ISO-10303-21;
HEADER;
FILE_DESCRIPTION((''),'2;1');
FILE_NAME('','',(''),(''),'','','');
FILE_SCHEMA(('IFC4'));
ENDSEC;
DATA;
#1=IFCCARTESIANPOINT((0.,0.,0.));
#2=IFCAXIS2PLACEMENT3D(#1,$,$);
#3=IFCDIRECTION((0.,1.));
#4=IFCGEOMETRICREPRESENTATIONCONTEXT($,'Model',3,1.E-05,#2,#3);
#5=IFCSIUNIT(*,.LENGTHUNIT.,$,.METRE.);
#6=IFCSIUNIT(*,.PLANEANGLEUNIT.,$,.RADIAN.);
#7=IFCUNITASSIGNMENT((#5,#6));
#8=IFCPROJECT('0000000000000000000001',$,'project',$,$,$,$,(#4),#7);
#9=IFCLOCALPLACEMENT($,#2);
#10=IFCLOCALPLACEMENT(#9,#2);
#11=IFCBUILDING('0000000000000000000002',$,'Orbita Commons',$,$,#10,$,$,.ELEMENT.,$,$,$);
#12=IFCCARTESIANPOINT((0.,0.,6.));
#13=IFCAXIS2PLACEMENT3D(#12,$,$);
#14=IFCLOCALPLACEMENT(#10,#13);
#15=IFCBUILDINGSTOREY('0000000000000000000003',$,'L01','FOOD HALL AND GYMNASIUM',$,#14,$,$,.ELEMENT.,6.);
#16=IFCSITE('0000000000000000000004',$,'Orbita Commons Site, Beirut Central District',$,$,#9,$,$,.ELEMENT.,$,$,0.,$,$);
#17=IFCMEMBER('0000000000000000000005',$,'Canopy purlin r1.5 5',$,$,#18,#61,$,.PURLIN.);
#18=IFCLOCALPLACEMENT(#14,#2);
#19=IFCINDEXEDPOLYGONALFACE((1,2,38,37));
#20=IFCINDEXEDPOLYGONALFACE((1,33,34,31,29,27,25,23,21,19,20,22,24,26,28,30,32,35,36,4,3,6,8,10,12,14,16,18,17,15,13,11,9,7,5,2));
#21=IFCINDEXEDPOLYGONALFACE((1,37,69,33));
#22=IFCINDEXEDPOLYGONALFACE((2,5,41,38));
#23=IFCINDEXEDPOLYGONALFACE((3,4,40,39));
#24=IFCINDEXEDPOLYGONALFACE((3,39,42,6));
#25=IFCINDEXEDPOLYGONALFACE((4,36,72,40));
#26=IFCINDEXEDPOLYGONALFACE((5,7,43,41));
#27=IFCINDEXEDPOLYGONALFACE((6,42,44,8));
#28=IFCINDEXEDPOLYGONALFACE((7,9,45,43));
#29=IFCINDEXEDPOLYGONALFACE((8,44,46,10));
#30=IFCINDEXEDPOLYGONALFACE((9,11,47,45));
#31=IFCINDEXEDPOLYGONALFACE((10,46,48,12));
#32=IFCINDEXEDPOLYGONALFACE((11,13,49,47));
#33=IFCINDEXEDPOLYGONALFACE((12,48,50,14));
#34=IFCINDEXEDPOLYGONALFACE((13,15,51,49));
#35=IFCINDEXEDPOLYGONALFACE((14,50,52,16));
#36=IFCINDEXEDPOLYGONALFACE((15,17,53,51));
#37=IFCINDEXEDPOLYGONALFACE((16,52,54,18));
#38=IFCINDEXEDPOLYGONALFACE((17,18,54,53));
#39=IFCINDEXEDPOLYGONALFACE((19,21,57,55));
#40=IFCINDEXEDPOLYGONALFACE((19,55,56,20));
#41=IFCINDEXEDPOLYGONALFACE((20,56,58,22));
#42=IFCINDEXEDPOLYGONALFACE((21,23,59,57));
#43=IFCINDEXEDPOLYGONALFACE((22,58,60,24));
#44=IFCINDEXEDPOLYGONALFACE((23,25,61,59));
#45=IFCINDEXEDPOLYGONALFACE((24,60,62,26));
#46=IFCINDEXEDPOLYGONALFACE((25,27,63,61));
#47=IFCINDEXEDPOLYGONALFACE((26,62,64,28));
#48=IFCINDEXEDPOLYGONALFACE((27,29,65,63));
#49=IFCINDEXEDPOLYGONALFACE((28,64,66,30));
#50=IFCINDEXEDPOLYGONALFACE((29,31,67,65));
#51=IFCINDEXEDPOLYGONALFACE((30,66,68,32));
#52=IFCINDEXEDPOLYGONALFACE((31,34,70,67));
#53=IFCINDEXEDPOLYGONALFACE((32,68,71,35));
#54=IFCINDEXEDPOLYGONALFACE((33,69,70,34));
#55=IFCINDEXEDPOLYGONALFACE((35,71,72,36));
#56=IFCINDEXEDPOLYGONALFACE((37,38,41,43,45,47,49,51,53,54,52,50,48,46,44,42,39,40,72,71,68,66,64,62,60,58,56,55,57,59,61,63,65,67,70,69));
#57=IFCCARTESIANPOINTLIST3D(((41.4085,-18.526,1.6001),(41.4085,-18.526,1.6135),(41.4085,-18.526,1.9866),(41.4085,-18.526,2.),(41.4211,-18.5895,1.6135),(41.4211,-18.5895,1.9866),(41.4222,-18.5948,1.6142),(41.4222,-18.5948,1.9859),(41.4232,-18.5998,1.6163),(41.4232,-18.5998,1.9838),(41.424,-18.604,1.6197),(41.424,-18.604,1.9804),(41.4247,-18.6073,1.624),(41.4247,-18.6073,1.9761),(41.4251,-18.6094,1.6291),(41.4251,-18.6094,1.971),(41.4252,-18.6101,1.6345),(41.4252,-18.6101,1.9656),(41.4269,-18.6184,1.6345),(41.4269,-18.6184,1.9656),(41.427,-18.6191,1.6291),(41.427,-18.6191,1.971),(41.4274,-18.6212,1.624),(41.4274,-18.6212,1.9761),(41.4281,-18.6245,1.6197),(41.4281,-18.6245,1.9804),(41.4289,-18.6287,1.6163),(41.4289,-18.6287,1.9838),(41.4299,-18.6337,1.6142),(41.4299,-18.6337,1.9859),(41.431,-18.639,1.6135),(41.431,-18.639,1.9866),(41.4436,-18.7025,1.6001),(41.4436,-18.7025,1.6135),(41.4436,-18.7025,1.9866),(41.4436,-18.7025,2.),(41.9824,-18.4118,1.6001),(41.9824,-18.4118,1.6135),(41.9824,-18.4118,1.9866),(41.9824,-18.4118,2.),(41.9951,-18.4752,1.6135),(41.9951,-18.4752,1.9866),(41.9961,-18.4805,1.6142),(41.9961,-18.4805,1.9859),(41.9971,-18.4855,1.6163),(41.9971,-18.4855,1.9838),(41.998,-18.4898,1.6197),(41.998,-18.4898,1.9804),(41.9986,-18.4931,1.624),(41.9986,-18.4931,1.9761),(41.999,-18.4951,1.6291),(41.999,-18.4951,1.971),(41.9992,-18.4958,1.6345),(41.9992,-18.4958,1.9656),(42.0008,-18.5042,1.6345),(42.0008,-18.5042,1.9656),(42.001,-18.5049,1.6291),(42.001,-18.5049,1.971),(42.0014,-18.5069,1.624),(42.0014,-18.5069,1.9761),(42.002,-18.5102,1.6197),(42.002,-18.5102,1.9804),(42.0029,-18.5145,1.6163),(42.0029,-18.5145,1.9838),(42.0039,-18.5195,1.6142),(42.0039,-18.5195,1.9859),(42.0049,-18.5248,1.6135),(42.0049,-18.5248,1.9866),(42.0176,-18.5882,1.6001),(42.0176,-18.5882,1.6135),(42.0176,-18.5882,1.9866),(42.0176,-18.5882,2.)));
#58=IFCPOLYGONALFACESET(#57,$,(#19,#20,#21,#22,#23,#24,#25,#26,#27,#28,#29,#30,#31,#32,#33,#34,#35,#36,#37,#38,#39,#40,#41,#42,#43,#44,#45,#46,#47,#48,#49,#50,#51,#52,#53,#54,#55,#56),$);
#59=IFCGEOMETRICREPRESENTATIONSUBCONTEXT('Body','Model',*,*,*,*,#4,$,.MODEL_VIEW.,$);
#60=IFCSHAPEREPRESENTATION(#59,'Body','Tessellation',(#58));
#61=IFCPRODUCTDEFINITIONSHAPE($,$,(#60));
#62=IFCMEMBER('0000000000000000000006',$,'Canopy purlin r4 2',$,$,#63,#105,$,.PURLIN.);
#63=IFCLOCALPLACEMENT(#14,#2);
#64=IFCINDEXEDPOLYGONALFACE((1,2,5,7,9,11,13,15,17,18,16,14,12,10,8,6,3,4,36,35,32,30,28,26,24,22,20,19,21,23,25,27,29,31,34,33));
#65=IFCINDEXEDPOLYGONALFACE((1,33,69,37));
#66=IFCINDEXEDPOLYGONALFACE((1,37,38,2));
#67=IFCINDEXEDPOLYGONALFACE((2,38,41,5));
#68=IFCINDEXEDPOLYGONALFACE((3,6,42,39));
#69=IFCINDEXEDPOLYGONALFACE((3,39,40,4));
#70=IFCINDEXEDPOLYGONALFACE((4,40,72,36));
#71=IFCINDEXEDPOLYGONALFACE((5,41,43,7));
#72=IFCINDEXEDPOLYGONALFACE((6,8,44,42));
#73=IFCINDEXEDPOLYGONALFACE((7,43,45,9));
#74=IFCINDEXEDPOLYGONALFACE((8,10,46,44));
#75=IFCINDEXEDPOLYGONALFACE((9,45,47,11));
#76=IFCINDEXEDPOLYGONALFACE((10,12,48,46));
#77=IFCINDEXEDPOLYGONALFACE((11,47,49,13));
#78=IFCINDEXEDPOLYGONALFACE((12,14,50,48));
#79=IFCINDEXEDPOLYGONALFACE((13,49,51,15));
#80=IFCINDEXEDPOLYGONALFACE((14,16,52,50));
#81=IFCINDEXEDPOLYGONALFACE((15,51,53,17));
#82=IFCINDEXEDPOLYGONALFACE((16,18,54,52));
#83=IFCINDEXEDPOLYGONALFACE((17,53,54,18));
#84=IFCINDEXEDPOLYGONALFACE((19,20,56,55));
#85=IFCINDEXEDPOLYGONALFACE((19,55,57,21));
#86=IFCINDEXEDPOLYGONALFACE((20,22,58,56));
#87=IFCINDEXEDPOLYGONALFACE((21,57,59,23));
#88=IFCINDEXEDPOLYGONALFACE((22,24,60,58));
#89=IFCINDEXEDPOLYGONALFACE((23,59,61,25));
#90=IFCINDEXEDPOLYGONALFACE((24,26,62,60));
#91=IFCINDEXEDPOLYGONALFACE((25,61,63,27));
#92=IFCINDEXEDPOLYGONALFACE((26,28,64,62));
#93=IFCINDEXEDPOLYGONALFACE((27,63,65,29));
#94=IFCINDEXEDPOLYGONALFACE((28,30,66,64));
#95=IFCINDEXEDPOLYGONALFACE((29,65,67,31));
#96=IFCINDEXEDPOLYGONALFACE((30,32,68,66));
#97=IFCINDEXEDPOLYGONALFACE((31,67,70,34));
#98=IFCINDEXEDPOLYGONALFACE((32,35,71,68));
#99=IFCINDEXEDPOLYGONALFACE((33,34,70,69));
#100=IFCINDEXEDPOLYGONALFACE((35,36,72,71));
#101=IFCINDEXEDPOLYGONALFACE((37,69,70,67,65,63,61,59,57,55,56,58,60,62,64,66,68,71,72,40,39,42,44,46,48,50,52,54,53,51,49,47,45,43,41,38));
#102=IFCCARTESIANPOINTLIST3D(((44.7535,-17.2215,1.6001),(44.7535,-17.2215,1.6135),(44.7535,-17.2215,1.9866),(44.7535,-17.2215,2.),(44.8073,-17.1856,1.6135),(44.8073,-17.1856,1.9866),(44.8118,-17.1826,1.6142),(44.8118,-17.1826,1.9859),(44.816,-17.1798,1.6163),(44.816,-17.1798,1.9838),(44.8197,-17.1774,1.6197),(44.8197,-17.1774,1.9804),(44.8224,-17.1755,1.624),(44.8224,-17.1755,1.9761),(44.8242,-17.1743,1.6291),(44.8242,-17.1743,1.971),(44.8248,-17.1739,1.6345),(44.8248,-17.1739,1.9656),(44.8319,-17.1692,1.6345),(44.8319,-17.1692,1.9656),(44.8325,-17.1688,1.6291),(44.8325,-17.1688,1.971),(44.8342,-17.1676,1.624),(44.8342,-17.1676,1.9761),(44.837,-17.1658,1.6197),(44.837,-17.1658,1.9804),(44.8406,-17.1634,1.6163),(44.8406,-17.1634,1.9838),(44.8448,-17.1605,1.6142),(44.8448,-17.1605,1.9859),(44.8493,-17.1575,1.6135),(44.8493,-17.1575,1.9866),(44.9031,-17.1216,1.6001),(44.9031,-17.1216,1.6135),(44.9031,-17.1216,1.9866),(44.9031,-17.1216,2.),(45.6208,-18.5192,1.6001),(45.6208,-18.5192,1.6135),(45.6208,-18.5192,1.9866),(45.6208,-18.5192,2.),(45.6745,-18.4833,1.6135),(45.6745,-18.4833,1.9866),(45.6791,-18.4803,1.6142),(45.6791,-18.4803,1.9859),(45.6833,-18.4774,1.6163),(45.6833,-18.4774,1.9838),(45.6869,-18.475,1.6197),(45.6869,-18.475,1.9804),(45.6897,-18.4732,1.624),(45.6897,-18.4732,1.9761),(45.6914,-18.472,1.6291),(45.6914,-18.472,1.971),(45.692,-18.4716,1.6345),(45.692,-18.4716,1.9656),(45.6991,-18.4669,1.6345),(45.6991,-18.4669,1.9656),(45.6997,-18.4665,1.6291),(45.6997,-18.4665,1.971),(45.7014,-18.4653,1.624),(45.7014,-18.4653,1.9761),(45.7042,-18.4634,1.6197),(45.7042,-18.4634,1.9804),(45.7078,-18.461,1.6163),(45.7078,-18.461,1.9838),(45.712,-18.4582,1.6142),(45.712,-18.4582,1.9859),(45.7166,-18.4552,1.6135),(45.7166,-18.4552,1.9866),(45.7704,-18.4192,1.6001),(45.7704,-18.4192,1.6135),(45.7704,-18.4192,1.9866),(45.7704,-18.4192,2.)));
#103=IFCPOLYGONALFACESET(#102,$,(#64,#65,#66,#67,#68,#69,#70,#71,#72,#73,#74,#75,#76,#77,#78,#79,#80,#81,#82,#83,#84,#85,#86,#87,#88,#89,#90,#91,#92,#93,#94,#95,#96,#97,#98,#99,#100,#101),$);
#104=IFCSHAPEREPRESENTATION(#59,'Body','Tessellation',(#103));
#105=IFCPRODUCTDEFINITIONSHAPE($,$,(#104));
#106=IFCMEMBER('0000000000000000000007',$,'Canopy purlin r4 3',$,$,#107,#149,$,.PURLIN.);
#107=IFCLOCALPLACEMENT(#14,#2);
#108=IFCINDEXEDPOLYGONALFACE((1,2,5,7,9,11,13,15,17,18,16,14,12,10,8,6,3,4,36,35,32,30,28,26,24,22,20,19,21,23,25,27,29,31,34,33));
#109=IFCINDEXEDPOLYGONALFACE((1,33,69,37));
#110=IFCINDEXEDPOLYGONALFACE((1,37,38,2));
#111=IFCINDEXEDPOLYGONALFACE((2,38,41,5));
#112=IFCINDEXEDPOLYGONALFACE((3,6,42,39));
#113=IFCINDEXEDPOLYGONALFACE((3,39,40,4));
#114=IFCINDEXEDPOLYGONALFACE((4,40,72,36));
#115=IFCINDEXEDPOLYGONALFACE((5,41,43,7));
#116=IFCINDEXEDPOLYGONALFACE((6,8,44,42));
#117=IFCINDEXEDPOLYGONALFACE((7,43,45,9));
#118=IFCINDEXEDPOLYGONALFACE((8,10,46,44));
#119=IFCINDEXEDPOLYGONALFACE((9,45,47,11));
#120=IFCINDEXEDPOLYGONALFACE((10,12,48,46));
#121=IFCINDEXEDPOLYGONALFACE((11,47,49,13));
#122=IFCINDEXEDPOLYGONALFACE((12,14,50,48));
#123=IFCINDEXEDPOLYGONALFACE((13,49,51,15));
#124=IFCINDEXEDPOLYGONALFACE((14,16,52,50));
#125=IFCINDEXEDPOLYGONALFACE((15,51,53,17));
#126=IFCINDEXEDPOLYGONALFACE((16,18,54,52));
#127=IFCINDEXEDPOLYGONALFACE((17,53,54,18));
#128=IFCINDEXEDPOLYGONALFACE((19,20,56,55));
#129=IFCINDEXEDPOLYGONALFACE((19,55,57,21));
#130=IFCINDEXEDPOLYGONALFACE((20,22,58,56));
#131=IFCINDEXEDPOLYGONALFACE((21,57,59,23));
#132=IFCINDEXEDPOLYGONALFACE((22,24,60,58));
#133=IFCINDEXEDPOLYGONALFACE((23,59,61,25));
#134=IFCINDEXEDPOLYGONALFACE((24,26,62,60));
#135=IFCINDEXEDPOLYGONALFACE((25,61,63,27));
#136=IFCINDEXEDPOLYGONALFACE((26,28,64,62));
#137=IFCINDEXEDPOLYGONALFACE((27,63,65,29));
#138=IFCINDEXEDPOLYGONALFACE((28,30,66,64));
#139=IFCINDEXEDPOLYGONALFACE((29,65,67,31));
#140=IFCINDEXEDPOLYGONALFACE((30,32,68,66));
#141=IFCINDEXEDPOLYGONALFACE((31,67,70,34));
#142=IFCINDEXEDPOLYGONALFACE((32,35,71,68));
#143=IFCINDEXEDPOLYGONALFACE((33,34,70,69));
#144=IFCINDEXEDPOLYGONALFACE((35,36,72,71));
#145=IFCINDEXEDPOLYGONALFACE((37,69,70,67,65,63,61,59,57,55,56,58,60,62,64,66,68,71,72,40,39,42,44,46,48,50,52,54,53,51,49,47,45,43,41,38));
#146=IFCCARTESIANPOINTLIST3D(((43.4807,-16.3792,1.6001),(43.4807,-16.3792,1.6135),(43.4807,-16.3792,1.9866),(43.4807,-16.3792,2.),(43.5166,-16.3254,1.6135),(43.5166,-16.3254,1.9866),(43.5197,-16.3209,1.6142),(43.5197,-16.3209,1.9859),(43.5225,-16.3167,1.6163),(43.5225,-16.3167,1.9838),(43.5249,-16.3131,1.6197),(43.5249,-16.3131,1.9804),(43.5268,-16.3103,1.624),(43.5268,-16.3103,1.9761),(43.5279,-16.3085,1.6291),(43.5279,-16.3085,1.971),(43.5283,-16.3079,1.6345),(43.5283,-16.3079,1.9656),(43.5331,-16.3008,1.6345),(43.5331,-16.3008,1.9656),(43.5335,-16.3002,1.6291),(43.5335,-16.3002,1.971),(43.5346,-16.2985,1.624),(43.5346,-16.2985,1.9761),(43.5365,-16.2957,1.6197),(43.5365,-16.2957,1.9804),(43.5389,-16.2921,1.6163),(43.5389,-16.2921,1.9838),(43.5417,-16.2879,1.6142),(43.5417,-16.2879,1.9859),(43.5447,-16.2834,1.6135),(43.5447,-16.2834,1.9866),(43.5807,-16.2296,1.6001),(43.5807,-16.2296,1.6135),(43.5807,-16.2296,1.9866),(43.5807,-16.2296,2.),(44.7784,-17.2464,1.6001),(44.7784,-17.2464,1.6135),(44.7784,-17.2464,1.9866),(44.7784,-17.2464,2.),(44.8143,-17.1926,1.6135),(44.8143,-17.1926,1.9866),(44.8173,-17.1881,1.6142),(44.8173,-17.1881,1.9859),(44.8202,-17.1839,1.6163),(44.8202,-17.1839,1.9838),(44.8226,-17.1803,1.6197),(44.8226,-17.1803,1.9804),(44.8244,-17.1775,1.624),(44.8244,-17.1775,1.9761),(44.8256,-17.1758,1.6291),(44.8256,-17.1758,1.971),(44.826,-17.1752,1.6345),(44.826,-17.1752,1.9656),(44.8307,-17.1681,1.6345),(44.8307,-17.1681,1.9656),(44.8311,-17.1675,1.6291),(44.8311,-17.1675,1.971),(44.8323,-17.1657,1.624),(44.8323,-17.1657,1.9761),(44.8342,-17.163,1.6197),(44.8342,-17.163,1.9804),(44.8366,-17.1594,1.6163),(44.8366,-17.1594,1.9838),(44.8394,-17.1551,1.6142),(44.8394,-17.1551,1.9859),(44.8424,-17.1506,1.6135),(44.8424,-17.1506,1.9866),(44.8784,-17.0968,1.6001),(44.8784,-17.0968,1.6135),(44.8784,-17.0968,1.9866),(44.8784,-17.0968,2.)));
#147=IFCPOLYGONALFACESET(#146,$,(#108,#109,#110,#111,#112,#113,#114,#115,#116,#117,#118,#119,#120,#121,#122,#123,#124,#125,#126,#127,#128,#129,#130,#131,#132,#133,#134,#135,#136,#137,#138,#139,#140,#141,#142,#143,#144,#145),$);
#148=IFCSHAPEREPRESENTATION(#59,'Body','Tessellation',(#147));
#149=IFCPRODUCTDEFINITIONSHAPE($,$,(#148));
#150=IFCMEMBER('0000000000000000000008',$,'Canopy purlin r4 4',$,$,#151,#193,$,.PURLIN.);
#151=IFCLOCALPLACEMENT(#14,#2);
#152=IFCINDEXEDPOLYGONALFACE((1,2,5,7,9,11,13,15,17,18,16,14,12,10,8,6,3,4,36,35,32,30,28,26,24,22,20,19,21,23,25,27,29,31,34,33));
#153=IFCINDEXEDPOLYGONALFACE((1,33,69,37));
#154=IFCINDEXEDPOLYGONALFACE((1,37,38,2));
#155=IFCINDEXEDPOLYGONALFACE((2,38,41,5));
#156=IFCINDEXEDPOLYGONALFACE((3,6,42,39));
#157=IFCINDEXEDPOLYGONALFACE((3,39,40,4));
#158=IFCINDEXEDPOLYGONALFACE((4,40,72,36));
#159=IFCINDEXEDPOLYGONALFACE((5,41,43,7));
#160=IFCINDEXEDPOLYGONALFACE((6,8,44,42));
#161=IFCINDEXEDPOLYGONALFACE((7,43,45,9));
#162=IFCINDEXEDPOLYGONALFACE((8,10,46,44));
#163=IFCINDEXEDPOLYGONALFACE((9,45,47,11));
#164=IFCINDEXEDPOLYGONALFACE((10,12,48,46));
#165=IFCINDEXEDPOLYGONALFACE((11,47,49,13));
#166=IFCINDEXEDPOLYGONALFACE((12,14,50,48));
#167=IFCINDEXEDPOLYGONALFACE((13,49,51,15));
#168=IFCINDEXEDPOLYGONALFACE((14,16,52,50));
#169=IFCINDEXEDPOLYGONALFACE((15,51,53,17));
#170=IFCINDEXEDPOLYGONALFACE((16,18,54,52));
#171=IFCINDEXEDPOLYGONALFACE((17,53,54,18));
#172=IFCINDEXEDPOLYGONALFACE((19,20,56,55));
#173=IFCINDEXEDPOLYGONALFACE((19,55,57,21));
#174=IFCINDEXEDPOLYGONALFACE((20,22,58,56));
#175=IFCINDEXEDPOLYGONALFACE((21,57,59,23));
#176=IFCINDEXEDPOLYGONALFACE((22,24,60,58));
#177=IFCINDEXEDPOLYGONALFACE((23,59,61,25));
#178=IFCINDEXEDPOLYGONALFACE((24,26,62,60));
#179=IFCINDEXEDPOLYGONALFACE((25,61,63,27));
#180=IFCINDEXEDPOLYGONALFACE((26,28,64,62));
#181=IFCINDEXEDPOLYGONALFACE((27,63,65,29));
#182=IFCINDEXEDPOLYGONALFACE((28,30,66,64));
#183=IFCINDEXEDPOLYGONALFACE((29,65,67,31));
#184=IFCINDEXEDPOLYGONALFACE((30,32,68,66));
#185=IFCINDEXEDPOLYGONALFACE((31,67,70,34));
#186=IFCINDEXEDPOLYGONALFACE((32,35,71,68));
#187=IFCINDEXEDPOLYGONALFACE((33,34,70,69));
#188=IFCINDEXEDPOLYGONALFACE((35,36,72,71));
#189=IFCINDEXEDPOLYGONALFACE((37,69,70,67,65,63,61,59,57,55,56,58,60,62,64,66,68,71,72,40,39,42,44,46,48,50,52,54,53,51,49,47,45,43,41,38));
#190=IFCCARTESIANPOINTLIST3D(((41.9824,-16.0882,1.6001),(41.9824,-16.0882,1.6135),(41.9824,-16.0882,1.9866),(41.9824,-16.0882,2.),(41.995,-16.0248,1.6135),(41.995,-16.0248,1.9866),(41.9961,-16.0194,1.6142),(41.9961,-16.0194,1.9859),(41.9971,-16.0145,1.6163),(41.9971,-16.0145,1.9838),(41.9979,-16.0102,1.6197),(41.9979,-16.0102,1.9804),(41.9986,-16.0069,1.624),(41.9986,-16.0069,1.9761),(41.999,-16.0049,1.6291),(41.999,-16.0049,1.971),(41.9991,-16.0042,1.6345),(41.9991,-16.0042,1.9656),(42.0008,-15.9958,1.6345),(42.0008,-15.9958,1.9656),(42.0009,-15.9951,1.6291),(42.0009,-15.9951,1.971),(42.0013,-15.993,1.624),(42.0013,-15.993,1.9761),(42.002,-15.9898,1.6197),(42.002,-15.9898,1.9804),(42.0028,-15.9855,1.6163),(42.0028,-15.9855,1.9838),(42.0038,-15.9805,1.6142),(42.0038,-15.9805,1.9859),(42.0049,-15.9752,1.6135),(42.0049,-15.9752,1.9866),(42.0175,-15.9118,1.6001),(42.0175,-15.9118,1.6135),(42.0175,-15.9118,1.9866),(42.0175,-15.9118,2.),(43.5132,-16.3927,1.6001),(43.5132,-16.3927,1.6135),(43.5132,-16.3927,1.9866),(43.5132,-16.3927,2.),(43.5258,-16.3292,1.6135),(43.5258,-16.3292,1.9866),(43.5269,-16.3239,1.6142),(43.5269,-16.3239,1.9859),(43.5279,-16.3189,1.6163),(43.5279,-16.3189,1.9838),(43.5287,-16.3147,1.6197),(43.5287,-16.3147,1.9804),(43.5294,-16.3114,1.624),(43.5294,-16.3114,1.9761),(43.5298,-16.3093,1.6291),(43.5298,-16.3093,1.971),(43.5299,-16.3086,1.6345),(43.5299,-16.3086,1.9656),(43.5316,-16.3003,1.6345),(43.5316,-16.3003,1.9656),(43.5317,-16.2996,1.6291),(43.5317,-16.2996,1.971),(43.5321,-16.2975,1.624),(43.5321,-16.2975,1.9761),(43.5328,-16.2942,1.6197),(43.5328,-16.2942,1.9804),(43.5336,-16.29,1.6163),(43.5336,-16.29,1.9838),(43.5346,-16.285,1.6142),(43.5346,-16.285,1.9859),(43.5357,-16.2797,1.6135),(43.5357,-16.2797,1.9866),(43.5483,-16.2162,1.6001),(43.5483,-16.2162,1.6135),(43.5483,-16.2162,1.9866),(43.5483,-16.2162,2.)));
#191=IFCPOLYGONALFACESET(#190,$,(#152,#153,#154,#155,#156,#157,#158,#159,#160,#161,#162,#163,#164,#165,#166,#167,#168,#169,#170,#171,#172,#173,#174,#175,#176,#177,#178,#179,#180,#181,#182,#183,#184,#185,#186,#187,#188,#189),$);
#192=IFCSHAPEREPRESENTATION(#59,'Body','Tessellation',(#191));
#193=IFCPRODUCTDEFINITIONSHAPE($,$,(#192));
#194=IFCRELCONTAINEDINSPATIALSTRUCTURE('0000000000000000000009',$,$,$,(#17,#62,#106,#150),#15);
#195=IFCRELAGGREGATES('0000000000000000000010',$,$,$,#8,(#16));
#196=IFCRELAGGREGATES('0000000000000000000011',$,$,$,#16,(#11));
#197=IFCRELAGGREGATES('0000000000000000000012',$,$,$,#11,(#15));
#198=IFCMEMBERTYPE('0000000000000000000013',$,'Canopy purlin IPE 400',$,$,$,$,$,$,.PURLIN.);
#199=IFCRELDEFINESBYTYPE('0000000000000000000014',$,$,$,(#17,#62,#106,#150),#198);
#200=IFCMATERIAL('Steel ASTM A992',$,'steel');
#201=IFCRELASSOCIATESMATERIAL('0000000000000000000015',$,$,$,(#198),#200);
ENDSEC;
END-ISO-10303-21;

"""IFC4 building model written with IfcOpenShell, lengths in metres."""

from ifc_helpers import new_model, si_unit, direction, frame, origin, origin_2d, place, context, subcontext, project, spatial, i_section, extrude, material, material_profile, profile_set, type_object, element, save


model = new_model("IFC4")

# Units and contexts
model_context = context("Model", 3, precision=1e-05, world=origin(), true_north=direction((0.0, 1.0)))
body_context = subcontext(model_context, "Body", "Model", "MODEL_VIEW")
ifc_project = project(units=[si_unit("LENGTHUNIT", "METRE"), si_unit("PLANEANGLEUNIT", "RADIAN")], contexts=[model_context])

# Site, building, storey
site_placement = place(None, origin())
site = spatial("IfcSite", under=ifc_project, at=site_placement, Name="Orbita Commons Site, Beirut Central District", CompositionType="ELEMENT", RefElevation=0.0)
building_placement = place(site_placement, origin())
building = spatial("IfcBuilding", under=site, at=building_placement, Name="Orbita Commons", CompositionType="ELEMENT")
storey_placement = place(building_placement, frame((0.0, 0.0, 6.0)))
storey = spatial("IfcBuildingStorey", under=building, at=storey_placement, Name="L01", Description="FOOD HALL AND GYMNASIUM", CompositionType="ELEMENT", Elevation=6.0)

# Members
ifc_material_1 = material(Name="Steel ASTM A992", Category="steel")
ifc_material_profile_1 = material_profile(ifc_material_1, i_section(OverallWidth=0.1799, OverallDepth=0.3999, WebThickness=0.0085, FlangeThickness=0.0134, FilletRadius=0.021, at=origin_2d()), Name="IPE 400")
ifc_profile_set_1 = profile_set([ifc_material_profile_1], Name="Steel ASTM A992")
member_type_1 = type_object("IfcMemberType", Name="Canopy purlin IPE 400", PredefinedType="PURLIN", material=ifc_profile_set_1)
member_1_placement = place(storey_placement, frame((42.0, -18.5, 1.8), z_axis=(-0.980757, -0.195234, 0.0), x_axis=(0.195234, -0.980757, 0.0)))
element("IfcMember", 1, at=member_1_placement, inside=storey, type_object=member_type_1, Name="Canopy purlin r1.5 5", PredefinedType="PURLIN", context=body_context, shape_type="SweptSolid", body=[
    extrude(i_section(OverallWidth=0.1799, OverallDepth=0.3999, WebThickness=0.0085, FlangeThickness=0.0134, FilletRadius=0.021, at=origin_2d()), origin(), (0.0, 0.0, 1.0), 0.5852),
])
for number, where, z_axis, x_axis, name in (
    (2, (45.6956, -18.4692, 1.8), (-0.555638, 0.831424, 0.0), (-0.831424, -0.555638, 0.0), "Canopy purlin r4 2"),
    (3, (44.8284, -17.1716, 1.8), (-0.831424, 0.555638, 0.0), (-0.555638, -0.831424, 0.0), "Canopy purlin r4 3"),
    (4, (43.5308, -16.3044, 1.8), (-0.980791, 0.195063, 0.0), (-0.195063, -0.980791, 0.0), "Canopy purlin r4 4"),
):
    element("IfcMember", number, at=place(storey_placement, frame(where, z_axis=z_axis, x_axis=x_axis)), inside=storey, type_object=member_type_1, Name=name, PredefinedType="PURLIN", context=body_context, shape_type="SweptSolid", body=[
        extrude(i_section(OverallWidth=0.1799, OverallDepth=0.3999, WebThickness=0.0085, FlangeThickness=0.0134, FilletRadius=0.021, at=origin_2d()), origin(), (0.0, 0.0, 1.0), 1.5608),
    ])

save(model, "model.ifc")
